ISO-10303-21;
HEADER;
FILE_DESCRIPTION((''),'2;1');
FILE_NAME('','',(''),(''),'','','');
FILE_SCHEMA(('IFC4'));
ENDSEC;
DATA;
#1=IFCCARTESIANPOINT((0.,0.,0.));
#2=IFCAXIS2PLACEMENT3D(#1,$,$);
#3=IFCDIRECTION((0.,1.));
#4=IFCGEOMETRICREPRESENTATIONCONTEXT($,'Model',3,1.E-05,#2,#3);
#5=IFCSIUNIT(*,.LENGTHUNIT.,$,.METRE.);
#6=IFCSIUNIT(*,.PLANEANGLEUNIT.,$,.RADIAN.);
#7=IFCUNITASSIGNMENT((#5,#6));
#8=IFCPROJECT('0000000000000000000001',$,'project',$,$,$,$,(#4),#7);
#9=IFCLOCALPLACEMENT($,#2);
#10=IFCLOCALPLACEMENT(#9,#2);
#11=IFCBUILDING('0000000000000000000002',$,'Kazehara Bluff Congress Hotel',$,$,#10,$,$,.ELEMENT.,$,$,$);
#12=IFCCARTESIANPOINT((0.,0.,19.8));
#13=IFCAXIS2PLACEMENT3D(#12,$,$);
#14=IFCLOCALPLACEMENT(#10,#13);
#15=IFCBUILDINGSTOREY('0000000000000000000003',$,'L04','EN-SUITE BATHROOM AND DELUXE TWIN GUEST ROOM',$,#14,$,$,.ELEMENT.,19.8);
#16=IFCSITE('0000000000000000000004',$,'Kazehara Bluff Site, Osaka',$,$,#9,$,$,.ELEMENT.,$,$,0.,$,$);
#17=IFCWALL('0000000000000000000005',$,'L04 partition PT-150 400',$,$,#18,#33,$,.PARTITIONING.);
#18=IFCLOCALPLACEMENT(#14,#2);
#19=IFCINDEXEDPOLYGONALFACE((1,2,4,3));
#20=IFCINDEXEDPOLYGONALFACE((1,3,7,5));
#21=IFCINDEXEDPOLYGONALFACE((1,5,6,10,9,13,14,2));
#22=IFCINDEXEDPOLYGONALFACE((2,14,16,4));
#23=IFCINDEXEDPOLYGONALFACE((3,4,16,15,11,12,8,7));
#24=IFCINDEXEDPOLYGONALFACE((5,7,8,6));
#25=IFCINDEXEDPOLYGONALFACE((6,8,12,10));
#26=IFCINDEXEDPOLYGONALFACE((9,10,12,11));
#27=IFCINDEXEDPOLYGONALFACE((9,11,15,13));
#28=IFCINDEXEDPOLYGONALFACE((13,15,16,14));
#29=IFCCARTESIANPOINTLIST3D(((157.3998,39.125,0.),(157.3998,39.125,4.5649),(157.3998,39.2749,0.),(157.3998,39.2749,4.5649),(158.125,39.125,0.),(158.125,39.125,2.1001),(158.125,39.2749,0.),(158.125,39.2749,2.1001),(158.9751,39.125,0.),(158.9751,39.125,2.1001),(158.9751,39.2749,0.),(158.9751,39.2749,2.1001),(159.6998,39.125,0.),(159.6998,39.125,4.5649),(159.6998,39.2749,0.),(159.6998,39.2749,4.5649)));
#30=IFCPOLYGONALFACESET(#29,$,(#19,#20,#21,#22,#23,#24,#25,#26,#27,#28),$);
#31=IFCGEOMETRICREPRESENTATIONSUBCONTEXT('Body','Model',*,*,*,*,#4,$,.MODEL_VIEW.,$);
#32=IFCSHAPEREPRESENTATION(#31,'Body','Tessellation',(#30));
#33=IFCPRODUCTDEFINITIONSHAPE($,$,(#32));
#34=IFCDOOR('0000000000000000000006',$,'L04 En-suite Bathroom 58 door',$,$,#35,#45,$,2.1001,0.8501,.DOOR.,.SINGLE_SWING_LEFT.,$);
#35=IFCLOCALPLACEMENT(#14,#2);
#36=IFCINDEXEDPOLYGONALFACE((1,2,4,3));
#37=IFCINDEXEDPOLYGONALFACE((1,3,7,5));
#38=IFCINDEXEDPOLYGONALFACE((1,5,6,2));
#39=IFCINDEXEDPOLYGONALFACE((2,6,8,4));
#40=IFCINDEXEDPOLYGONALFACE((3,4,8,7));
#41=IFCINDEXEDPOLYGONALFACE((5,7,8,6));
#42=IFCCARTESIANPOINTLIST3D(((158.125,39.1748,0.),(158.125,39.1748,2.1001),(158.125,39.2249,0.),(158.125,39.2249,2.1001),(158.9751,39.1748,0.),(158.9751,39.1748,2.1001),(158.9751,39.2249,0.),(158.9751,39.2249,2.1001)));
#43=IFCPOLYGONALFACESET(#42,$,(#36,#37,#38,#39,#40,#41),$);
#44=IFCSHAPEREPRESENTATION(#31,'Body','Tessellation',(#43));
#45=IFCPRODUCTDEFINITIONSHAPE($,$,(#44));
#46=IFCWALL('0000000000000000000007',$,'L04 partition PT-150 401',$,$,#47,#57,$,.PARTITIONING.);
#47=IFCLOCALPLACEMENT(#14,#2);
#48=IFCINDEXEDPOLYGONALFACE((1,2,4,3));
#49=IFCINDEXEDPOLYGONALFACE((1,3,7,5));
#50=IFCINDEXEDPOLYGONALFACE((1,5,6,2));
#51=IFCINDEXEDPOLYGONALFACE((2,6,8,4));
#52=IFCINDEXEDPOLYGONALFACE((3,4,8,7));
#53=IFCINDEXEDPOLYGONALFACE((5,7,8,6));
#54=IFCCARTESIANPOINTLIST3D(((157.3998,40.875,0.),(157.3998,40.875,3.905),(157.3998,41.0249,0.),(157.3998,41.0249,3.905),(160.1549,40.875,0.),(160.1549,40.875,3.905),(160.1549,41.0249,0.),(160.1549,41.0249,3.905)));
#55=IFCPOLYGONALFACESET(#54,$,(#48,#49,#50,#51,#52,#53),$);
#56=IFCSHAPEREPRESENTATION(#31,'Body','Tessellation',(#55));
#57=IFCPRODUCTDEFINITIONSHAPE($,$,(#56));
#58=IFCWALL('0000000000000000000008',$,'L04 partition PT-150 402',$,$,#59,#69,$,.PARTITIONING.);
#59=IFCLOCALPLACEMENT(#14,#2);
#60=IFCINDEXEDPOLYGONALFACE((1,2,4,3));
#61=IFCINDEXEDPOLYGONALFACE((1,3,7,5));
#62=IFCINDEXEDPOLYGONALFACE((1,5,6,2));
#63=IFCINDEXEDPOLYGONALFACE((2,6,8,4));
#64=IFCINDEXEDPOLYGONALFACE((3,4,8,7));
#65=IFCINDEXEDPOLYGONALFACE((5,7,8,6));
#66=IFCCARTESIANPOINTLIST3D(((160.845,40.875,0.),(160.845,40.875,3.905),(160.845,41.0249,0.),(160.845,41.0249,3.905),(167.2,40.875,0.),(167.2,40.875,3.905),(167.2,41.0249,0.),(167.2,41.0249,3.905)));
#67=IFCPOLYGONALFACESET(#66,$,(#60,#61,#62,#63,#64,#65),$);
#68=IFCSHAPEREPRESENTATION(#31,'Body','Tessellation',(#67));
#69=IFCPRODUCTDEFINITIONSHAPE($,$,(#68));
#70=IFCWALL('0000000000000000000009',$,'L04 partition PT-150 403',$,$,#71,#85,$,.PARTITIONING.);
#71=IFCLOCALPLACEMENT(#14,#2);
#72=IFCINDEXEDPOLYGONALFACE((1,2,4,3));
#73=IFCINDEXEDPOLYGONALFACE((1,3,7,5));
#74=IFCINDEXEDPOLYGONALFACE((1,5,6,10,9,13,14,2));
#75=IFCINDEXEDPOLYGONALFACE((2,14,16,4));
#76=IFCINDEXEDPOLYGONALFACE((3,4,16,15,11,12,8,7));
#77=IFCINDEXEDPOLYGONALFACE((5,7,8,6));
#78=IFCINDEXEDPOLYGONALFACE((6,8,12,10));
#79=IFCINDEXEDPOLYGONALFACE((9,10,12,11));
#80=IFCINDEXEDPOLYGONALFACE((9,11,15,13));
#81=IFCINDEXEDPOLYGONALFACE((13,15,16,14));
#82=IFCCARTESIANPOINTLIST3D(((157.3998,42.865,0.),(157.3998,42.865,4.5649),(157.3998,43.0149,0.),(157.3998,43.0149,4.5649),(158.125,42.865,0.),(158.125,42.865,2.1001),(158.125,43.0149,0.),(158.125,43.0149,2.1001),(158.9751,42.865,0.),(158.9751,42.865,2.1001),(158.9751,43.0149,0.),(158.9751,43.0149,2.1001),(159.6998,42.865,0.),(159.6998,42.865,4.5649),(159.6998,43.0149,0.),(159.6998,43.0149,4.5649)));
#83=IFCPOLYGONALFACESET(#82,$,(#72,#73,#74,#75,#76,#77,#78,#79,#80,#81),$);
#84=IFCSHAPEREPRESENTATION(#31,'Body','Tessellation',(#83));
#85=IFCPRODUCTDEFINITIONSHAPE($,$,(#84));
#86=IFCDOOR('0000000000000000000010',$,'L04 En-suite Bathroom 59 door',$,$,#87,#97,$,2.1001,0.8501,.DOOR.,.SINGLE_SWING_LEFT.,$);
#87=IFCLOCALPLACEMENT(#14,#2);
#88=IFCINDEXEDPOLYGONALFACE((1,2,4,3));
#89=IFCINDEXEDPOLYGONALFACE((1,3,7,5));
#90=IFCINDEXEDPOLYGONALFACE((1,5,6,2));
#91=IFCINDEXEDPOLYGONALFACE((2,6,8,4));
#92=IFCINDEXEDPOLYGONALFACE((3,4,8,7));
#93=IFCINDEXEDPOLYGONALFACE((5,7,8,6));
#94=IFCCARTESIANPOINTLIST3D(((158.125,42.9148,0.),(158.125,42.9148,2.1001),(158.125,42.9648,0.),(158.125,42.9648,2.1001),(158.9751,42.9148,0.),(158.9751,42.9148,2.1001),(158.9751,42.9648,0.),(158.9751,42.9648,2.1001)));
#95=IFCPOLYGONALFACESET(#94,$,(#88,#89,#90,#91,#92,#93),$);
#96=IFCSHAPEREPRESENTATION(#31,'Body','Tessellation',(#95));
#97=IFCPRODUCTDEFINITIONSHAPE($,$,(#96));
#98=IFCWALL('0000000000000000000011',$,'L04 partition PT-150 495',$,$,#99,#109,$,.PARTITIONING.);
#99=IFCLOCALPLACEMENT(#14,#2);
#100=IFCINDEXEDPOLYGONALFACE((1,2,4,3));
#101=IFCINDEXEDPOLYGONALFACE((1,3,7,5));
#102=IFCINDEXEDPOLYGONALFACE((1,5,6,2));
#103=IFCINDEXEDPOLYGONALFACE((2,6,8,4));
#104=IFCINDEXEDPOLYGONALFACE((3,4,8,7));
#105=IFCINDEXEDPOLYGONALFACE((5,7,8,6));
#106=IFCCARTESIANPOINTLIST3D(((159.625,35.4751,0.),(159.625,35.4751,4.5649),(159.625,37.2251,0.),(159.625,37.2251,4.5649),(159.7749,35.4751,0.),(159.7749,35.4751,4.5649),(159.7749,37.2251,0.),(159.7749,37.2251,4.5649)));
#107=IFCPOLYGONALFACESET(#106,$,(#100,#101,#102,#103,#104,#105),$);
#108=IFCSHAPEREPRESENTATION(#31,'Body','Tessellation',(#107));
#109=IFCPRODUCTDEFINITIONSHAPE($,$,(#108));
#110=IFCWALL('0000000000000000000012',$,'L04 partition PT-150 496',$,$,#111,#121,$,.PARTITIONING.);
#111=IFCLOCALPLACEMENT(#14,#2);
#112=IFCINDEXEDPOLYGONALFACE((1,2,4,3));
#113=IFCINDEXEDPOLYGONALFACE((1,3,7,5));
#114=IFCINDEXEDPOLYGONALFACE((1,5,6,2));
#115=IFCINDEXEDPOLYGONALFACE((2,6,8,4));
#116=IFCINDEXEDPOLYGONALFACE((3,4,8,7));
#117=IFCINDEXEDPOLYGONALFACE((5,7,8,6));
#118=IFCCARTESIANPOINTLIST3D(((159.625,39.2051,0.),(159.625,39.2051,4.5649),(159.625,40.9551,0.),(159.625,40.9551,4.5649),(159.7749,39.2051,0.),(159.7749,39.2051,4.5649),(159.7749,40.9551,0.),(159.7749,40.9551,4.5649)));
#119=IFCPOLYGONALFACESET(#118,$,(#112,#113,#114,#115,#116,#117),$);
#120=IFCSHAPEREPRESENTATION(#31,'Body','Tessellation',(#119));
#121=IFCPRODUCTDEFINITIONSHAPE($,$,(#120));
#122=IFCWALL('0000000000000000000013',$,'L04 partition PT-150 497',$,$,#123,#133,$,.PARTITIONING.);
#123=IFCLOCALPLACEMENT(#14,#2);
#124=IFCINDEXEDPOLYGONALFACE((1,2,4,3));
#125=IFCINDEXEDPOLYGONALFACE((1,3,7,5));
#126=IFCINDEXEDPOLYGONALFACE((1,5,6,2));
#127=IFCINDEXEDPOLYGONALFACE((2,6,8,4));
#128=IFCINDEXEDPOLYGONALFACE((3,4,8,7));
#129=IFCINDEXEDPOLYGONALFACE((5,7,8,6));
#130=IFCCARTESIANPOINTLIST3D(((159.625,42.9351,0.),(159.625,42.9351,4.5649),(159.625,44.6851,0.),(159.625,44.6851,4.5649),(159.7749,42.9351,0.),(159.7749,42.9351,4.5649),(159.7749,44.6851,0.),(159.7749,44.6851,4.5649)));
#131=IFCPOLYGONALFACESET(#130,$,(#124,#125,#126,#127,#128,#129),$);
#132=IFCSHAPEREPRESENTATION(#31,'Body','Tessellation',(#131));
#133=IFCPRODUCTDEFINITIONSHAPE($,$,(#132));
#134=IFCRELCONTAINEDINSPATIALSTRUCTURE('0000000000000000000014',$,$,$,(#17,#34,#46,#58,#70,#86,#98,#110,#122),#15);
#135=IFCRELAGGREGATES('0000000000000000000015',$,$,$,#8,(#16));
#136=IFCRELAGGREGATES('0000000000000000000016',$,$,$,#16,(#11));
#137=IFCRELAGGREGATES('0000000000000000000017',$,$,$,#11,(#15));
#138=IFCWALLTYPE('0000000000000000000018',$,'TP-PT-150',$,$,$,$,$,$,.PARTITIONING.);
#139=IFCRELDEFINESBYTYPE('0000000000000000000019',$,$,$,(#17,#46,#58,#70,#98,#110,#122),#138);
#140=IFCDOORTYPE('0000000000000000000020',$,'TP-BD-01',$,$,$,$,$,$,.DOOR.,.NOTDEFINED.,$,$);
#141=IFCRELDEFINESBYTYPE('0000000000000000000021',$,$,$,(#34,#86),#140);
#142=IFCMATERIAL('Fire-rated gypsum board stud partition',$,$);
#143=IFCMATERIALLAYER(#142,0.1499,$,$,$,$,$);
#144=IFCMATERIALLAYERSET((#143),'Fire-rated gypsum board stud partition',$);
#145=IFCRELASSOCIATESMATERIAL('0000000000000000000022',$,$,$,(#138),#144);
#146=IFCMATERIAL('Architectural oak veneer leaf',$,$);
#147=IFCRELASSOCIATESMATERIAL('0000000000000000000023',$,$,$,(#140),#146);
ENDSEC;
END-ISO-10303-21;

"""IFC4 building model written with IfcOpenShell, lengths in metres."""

from ifc_helpers import new_model, si_unit, direction, frame, frame_2d, origin, place, context, subcontext, project, spatial, rectangle, extrude, material, layer, layer_set, type_object, element, fill, save


model = new_model("IFC4")

# Units and contexts
model_context = context("Model", 3, precision=1e-05, world=origin(), true_north=direction((0.0, 1.0)))
body_context = subcontext(model_context, "Body", "Model", "MODEL_VIEW")
ifc_project = project(units=[si_unit("LENGTHUNIT", "METRE"), si_unit("PLANEANGLEUNIT", "RADIAN")], contexts=[model_context])

# Site, building, storey
site_placement = place(None, origin())
site = spatial("IfcSite", under=ifc_project, at=site_placement, Name="Kazehara Bluff Site, Osaka", CompositionType="ELEMENT", RefElevation=0.0)
building_placement = place(site_placement, origin())
building = spatial("IfcBuilding", under=site, at=building_placement, Name="Kazehara Bluff Congress Hotel", CompositionType="ELEMENT")
storey_placement = place(building_placement, frame((0.0, 0.0, 19.8)))
storey = spatial("IfcBuildingStorey", under=building, at=storey_placement, Name="L04", Description="EN-SUITE BATHROOM AND DELUXE TWIN GUEST ROOM", CompositionType="ELEMENT", Elevation=19.8)

# Shared definitions
ifc_material_1 = material(Name="Fire-rated gypsum board stud partition")
ifc_layer_1 = layer(ifc_material_1, 0.1499)
ifc_layer_set_1 = layer_set([ifc_layer_1], Name="Fire-rated gypsum board stud partition")
wall_type_1 = type_object("IfcWallType", Name="TP-PT-150", PredefinedType="PARTITIONING", material=ifc_layer_set_1)
ifc_material_2 = material(Name="Architectural oak veneer leaf")
door_type = type_object("IfcDoorType", Name="TP-BD-01", OperationType="NOTDEFINED", PredefinedType="DOOR", material=ifc_material_2)

# Wall, opening, door
wall_1_placement = place(storey_placement, frame((157.3999, 39.2, 0.0), z_axis=(0.0, 0.0, 1.0), x_axis=(1.0, 0.0, 0.0)))
wall_1 = element("IfcWall", 1, at=wall_1_placement, inside=storey, type_object=wall_type_1, Name="L04 partition PT-150 400", PredefinedType="PARTITIONING", context=body_context, shape_type="SweptSolid", body=[
    extrude(rectangle(XDim=2.3, YDim=0.1499, at=frame_2d((1.1499, 0.0))), origin(), (0.0, 0.0, 1.0), 4.5649),
])
opening_1_placement = place(wall_1_placement, frame((0.7251, 0.0, 0.0)))
opening_1 = element("IfcOpeningElement", 2, at=opening_1_placement, cuts=wall_1, PredefinedType="OPENING", context=body_context, shape_type="SweptSolid", body=[
    extrude(rectangle(XDim=0.8501, YDim=2.1001, at=frame_2d((0.425, 1.05))), frame((0.0, 0.085, 0.0), z_axis=(0.0, -1.0, 0.0), x_axis=(1.0, 0.0, 0.0)), (0.0, 0.0, 1.0), 0.1699),
])
door_1_placement = place(opening_1_placement, origin())
door_1 = element("IfcDoor", 3, at=door_1_placement, inside=storey, type_object=door_type, Name="L04 En-suite Bathroom 58 door", OperationType="SINGLE_SWING_LEFT", OverallHeight=2.1001, OverallWidth=0.8501, PredefinedType="DOOR", context=body_context, shape_type="SweptSolid", body=[
    extrude(rectangle(XDim=0.8501, YDim=2.1001, at=frame_2d((0.425, 1.05))), frame((0.0, 0.0249, 0.0), z_axis=(0.0, -1.0, 0.0), x_axis=(1.0, 0.0, 0.0)), (0.0, 0.0, 1.0), 0.05),
])
fill(opening_1, door_1)

# Walls
wall_2_placement = place(storey_placement, frame((157.3999, 40.95, 0.0), z_axis=(0.0, 0.0, 1.0), x_axis=(1.0, 0.0, 0.0)))
element("IfcWall", 4, at=wall_2_placement, inside=storey, type_object=wall_type_1, Name="L04 partition PT-150 401", PredefinedType="PARTITIONING", context=body_context, shape_type="SweptSolid", body=[
    extrude(rectangle(XDim=2.7551, YDim=0.1499, at=frame_2d((1.3774, 0.0))), origin(), (0.0, 0.0, 1.0), 3.905),
])
wall_3_placement = place(storey_placement, frame((160.845, 40.95, 0.0), z_axis=(0.0, 0.0, 1.0), x_axis=(1.0, 0.0, 0.0)))
element("IfcWall", 5, at=wall_3_placement, inside=storey, type_object=wall_type_1, Name="L04 partition PT-150 402", PredefinedType="PARTITIONING", context=body_context, shape_type="SweptSolid", body=[
    extrude(rectangle(XDim=6.355, YDim=0.1499, at=frame_2d((3.1775, 0.0))), origin(), (0.0, 0.0, 1.0), 3.905),
])

# Wall, opening, door
wall_4_placement = place(storey_placement, frame((157.3999, 42.9399, 0.0), z_axis=(0.0, 0.0, 1.0), x_axis=(1.0, 0.0, 0.0)))
wall_4 = element("IfcWall", 6, at=wall_4_placement, inside=storey, type_object=wall_type_1, Name="L04 partition PT-150 403", PredefinedType="PARTITIONING", context=body_context, shape_type="SweptSolid", body=[
    extrude(rectangle(XDim=2.3, YDim=0.1499, at=frame_2d((1.1499, 0.0))), origin(), (0.0, 0.0, 1.0), 4.5649),
])
opening_2_placement = place(wall_4_placement, frame((0.7251, 0.0, 0.0)))
opening_2 = element("IfcOpeningElement", 7, at=opening_2_placement, cuts=wall_4, PredefinedType="OPENING", context=body_context, shape_type="SweptSolid", body=[
    extrude(rectangle(XDim=0.8501, YDim=2.1001, at=frame_2d((0.425, 1.05))), frame((0.0, 0.085, 0.0), z_axis=(0.0, -1.0, 0.0), x_axis=(1.0, 0.0, 0.0)), (0.0, 0.0, 1.0), 0.1699),
])
door_2_placement = place(opening_2_placement, origin())
door_2 = element("IfcDoor", 8, at=door_2_placement, inside=storey, type_object=door_type, Name="L04 En-suite Bathroom 59 door", OperationType="SINGLE_SWING_LEFT", OverallHeight=2.1001, OverallWidth=0.8501, PredefinedType="DOOR", context=body_context, shape_type="SweptSolid", body=[
    extrude(rectangle(XDim=0.8501, YDim=2.1001, at=frame_2d((0.425, 1.05))), frame((0.0, 0.0249, 0.0), z_axis=(0.0, -1.0, 0.0), x_axis=(1.0, 0.0, 0.0)), (0.0, 0.0, 1.0), 0.05),
])
fill(opening_2, door_2)

# Walls
for number, where, z_axis, x_axis, name in (
    (9, (159.7, 35.4751, 0.0), (0.0, 0.0, 1.0), (0.0, 1.0, 0.0), "L04 partition PT-150 495"),
    (10, (159.7, 39.2051, 0.0), (0.0, 0.0, 1.0), (0.0, 1.0, 0.0), "L04 partition PT-150 496"),
    (11, (159.7, 42.9351, 0.0), (0.0, 0.0, 1.0), (0.0, 1.0, 0.0), "L04 partition PT-150 497"),
):
    element("IfcWall", number, at=place(storey_placement, frame(where, z_axis=z_axis, x_axis=x_axis)), inside=storey, type_object=wall_type_1, Name=name, PredefinedType="PARTITIONING", context=body_context, shape_type="SweptSolid", body=[
        extrude(rectangle(XDim=1.75, YDim=0.1499, at=frame_2d((0.875, 0.0))), origin(), (0.0, 0.0, 1.0), 4.5649),
    ])

save(model, "model.ifc")
